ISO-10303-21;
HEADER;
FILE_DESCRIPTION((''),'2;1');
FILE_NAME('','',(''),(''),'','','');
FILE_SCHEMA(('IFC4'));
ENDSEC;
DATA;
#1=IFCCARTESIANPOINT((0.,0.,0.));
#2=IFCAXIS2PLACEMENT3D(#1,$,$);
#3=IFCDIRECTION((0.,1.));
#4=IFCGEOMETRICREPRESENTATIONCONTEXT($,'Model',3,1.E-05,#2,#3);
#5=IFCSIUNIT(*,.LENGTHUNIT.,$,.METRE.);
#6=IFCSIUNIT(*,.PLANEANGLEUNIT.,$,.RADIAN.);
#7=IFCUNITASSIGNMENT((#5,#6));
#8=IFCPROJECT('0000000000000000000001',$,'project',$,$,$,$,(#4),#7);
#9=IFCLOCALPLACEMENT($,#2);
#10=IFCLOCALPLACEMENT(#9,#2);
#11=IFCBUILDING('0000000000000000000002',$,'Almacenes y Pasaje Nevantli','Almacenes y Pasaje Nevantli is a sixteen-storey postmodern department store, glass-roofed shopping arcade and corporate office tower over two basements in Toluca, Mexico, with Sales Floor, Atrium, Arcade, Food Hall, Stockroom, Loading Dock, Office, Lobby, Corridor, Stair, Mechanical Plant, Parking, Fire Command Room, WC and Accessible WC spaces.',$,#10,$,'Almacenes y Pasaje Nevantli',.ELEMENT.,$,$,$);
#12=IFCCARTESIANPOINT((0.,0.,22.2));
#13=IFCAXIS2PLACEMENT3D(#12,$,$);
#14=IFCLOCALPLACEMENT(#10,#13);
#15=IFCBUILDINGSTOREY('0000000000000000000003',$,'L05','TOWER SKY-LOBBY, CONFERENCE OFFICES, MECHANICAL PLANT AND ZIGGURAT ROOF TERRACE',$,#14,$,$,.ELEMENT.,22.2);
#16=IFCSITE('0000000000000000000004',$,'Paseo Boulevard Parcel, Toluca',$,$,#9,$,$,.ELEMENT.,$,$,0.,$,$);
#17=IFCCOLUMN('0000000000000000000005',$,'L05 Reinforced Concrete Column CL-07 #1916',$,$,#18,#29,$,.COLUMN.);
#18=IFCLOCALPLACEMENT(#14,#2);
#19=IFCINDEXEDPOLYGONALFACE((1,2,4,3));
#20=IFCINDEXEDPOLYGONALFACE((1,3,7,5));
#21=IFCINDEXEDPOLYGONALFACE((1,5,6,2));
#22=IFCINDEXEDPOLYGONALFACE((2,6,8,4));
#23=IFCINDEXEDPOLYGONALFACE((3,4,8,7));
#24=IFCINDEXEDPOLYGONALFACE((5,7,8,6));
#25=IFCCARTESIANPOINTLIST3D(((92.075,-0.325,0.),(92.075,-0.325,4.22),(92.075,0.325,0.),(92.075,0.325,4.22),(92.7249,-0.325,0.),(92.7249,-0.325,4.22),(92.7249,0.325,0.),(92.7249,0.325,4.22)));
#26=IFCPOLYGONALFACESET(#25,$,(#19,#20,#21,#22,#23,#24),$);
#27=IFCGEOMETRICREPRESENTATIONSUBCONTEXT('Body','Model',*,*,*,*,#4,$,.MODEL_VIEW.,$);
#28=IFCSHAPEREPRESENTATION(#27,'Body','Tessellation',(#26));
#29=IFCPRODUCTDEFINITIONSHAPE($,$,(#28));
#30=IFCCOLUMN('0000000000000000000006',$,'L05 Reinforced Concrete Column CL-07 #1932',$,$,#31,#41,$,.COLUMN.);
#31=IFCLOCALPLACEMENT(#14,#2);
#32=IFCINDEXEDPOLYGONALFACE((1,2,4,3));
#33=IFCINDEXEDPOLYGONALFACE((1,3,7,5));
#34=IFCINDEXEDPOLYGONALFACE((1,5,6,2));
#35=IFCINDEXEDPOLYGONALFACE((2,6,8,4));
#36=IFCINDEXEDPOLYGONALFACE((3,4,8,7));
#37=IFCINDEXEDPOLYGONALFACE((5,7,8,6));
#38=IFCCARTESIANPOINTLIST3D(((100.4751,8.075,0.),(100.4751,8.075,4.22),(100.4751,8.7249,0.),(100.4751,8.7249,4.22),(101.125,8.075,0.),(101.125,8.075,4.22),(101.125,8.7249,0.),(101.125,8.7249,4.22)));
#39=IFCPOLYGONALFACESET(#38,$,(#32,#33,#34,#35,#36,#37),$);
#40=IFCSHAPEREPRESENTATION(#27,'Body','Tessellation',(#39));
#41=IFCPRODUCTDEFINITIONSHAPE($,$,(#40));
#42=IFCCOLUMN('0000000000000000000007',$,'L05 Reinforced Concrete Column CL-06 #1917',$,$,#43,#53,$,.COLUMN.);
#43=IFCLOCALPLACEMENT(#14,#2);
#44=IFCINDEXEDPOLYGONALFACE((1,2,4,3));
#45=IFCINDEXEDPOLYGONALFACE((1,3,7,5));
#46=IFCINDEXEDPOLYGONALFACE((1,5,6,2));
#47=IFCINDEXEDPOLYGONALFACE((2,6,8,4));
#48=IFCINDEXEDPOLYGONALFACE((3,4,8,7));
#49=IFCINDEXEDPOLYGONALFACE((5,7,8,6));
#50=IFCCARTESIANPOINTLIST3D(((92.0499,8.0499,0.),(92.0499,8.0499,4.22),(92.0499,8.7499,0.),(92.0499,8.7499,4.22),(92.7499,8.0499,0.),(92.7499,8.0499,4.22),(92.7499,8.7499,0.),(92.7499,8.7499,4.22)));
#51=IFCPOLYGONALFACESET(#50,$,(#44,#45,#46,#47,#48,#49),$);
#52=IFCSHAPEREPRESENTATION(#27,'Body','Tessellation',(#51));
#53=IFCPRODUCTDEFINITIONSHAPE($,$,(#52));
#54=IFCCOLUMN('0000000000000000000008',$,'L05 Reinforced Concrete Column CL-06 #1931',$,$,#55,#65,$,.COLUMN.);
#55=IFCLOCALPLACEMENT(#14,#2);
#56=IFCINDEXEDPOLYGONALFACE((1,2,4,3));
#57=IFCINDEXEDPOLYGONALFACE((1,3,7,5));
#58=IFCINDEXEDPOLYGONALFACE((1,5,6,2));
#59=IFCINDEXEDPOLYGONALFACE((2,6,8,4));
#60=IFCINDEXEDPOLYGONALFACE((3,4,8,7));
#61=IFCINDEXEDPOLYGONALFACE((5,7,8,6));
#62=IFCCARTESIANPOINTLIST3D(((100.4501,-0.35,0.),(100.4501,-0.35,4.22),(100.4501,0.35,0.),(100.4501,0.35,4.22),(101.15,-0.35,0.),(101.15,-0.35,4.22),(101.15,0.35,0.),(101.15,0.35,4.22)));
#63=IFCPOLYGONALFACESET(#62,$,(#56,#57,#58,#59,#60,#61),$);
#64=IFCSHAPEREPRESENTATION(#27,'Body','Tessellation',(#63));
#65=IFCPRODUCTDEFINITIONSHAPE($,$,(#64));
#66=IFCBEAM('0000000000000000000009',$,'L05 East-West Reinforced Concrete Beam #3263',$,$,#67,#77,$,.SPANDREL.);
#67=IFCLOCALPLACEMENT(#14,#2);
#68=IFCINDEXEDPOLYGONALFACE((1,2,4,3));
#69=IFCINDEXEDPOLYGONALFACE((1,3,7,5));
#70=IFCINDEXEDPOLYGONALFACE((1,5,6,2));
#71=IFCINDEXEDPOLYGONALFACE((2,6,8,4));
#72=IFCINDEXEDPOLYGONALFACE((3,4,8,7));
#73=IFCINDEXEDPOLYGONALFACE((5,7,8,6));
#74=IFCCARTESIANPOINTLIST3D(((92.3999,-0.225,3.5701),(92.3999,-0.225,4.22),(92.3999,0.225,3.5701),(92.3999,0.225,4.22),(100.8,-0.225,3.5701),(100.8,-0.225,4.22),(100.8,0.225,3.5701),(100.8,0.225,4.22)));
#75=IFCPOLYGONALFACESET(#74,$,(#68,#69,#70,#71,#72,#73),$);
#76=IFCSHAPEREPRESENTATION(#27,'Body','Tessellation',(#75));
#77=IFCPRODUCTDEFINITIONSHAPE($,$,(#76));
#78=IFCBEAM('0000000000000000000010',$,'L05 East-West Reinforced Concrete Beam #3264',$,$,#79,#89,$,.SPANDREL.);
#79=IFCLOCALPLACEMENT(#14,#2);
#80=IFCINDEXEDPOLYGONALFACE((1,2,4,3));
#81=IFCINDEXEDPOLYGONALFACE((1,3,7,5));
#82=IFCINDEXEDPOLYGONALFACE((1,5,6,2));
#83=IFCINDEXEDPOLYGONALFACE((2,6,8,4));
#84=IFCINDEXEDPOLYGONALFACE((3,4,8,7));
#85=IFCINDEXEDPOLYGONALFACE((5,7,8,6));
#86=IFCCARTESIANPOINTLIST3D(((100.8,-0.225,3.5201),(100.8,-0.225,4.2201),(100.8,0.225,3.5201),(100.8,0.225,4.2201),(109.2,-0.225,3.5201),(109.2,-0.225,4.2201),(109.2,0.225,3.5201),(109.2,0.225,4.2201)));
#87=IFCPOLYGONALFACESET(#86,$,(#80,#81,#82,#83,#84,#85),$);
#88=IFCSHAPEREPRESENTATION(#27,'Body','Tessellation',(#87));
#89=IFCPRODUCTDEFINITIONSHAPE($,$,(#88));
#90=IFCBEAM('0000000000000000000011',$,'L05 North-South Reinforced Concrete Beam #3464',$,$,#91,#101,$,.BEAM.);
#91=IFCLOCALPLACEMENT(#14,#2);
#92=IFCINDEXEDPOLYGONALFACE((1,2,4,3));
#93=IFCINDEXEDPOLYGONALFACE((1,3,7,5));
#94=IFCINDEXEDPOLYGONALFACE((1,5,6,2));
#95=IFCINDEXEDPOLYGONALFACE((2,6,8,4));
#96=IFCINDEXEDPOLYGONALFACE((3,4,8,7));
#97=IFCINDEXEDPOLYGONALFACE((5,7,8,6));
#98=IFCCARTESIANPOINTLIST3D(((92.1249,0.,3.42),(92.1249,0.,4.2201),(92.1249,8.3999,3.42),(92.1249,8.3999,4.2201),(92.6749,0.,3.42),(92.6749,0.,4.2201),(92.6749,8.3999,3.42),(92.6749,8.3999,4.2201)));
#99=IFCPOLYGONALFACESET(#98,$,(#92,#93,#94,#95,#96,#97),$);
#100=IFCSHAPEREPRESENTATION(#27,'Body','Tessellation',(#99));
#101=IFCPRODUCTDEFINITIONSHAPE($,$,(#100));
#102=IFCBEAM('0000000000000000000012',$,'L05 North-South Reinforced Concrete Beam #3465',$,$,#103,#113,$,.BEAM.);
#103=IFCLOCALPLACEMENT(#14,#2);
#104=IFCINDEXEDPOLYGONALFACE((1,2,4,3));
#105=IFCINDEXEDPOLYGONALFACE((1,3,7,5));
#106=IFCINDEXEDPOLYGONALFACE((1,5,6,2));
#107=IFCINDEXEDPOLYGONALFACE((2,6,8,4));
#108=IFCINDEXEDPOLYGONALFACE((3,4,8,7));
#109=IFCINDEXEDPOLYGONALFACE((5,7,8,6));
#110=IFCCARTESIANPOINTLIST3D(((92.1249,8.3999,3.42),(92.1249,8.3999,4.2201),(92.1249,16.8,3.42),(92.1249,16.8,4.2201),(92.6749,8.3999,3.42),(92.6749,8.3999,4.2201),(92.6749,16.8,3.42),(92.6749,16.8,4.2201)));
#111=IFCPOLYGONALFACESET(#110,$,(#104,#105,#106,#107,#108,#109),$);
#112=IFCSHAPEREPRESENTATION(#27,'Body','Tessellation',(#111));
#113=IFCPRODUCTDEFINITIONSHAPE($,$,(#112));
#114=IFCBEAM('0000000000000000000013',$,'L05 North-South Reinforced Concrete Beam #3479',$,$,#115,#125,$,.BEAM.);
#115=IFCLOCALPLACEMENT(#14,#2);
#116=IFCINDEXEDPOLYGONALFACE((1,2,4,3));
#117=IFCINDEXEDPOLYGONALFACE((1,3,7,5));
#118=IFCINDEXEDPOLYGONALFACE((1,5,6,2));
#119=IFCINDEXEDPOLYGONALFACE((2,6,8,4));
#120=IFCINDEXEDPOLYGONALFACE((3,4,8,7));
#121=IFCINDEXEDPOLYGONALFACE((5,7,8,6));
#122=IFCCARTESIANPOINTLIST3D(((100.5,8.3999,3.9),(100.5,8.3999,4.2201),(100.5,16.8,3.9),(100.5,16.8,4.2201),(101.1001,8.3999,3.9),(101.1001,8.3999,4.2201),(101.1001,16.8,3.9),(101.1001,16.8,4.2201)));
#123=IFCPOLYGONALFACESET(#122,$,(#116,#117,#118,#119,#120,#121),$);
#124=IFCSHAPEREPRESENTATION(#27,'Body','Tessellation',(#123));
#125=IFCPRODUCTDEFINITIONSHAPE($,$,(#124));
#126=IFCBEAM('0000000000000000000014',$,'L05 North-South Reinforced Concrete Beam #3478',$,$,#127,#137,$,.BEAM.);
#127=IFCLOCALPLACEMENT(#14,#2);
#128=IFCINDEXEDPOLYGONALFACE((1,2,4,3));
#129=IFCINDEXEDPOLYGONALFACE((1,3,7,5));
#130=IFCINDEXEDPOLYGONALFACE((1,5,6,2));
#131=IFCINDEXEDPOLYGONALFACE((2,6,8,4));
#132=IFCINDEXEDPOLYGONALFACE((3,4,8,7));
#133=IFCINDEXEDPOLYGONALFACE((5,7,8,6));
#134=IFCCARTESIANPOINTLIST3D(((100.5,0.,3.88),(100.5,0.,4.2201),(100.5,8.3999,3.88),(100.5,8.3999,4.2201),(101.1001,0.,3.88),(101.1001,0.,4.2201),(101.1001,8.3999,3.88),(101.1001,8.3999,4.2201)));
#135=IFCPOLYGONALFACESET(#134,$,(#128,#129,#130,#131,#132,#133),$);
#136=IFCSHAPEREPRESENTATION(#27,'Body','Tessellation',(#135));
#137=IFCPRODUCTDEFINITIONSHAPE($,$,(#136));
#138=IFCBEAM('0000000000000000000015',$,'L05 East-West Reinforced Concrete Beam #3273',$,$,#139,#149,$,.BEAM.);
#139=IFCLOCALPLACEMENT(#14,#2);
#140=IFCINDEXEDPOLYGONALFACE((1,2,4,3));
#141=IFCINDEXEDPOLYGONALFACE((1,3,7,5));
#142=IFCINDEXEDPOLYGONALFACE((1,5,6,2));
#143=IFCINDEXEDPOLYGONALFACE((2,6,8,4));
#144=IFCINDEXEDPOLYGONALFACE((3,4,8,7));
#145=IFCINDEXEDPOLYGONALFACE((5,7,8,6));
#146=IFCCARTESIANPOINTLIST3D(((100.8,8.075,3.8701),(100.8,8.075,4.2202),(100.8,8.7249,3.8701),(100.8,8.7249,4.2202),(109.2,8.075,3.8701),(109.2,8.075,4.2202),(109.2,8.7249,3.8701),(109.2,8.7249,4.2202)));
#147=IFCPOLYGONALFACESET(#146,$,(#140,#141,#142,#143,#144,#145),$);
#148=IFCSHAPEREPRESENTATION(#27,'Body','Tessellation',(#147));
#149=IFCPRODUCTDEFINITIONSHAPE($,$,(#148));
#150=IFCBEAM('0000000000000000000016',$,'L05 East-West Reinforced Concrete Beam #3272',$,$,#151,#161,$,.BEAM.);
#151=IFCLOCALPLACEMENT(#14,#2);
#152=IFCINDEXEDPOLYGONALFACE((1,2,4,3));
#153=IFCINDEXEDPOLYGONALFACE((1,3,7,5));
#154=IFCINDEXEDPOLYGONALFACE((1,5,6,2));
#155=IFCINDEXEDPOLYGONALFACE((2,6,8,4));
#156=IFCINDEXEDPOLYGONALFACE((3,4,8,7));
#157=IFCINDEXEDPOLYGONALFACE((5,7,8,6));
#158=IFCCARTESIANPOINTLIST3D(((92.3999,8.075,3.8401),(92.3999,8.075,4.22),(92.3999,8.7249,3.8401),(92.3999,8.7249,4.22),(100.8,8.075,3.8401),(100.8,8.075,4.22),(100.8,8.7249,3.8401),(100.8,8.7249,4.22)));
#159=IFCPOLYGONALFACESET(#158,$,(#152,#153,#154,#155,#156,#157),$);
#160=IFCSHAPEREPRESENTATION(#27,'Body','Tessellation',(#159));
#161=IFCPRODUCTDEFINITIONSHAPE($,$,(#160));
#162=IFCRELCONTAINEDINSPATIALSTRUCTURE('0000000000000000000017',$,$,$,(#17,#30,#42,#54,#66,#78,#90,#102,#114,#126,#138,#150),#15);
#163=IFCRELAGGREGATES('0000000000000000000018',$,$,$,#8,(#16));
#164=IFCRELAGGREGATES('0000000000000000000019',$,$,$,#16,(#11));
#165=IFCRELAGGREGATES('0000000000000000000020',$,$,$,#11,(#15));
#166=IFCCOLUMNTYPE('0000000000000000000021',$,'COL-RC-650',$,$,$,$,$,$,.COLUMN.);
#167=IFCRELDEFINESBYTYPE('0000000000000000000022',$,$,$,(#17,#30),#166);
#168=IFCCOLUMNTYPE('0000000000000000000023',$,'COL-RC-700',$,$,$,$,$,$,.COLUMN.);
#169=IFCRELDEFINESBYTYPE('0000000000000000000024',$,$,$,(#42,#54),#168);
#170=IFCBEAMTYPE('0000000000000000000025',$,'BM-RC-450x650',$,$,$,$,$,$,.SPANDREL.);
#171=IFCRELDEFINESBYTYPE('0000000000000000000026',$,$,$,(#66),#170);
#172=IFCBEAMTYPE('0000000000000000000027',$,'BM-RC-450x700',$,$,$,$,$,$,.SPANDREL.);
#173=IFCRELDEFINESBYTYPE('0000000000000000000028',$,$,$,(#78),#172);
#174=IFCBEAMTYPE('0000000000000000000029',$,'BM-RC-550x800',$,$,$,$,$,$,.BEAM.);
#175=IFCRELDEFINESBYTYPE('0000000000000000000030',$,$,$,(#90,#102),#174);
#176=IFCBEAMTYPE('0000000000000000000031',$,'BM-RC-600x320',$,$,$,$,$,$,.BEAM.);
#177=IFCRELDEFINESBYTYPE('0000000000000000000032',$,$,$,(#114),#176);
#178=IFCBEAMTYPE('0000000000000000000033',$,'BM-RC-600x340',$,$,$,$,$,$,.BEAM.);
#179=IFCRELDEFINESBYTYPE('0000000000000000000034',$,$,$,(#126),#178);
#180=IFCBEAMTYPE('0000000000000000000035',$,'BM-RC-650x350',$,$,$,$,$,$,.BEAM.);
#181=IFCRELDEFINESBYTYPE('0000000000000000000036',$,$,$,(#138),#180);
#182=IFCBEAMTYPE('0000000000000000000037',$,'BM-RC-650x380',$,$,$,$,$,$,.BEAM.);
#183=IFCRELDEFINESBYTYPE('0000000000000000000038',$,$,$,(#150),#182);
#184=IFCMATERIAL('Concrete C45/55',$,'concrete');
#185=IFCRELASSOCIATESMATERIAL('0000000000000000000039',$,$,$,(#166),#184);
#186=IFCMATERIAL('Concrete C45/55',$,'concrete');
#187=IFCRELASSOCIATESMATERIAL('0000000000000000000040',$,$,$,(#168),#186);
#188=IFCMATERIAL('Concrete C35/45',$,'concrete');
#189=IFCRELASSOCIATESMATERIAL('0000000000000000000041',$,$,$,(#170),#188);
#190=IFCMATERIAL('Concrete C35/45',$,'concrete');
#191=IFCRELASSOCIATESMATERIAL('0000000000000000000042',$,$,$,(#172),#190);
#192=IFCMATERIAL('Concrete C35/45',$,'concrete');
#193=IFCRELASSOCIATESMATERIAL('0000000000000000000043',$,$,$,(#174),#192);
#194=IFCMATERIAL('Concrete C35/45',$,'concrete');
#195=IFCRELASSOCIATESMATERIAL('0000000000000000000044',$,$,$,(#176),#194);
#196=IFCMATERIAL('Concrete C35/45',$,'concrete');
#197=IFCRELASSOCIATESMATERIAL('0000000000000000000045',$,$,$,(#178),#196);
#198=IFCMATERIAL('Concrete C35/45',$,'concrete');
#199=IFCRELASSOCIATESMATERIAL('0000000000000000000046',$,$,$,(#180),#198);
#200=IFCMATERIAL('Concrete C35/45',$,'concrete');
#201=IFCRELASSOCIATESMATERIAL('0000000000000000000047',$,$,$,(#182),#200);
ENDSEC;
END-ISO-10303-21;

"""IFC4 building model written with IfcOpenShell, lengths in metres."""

from ifc_helpers import new_model, si_unit, direction, frame, origin, origin_2d, place, context, subcontext, project, spatial, rectangle, extrude, material, material_profile, profile_set, type_object, element, save


model = new_model("IFC4")

# Units and contexts
model_context = context("Model", 3, precision=1e-05, world=origin(), true_north=direction((0.0, 1.0)))
body_context = subcontext(model_context, "Body", "Model", "MODEL_VIEW")
ifc_project = project(units=[si_unit("LENGTHUNIT", "METRE"), si_unit("PLANEANGLEUNIT", "RADIAN")], contexts=[model_context])

# Site, building, storey
site_placement = place(None, origin())
site = spatial("IfcSite", under=ifc_project, at=site_placement, Name="Paseo Boulevard Parcel, Toluca", CompositionType="ELEMENT", RefElevation=0.0)
building_placement = place(site_placement, origin())
building = spatial("IfcBuilding", under=site, at=building_placement, Name="Almacenes y Pasaje Nevantli", Description="Almacenes y Pasaje Nevantli is a sixteen-storey postmodern department store, glass-roofed shopping arcade and corporate office tower over two basements in Toluca, Mexico, with Sales Floor, Atrium, Arcade, Food Hall, Stockroom, Loading Dock, Office, Lobby, Corridor, Stair, Mechanical Plant, Parking, Fire Command Room, WC and Accessible WC spaces.", LongName="Almacenes y Pasaje Nevantli", CompositionType="ELEMENT")
storey_placement = place(building_placement, frame((0.0, 0.0, 22.2)))
storey = spatial("IfcBuildingStorey", under=building, at=storey_placement, Name="L05", Description="TOWER SKY-LOBBY, CONFERENCE OFFICES, MECHANICAL PLANT AND ZIGGURAT ROOF TERRACE", CompositionType="ELEMENT", Elevation=22.2)

# Columns
ifc_material_1 = material(Name="Concrete C45/55", Category="concrete")
ifc_material_profile_1 = material_profile(ifc_material_1, rectangle(XDim=0.6499, YDim=0.6499, at=origin_2d()), Name="RC-COL-650x650")
ifc_profile_set_1 = profile_set([ifc_material_profile_1], Name="Concrete C45/55")
column_type_1 = type_object("IfcColumnType", Name="COL-RC-650", PredefinedType="COLUMN", material=ifc_profile_set_1)
for number, where, z_axis, x_axis, name in (
    (1, (92.3999, 0.0, 0.0), (0.0, 0.0, 1.0), (1.0, 0.0, 0.0), "L05 Reinforced Concrete Column CL-07 #1916"),
    (2, (100.8, 8.3999, 0.0), (0.0, 0.0, 1.0), (1.0, 0.0, 0.0), "L05 Reinforced Concrete Column CL-07 #1932"),
):
    element("IfcColumn", number, at=place(storey_placement, frame(where, z_axis=z_axis, x_axis=x_axis)), inside=storey, type_object=column_type_1, Name=name, PredefinedType="COLUMN", context=body_context, shape_type="SweptSolid", body=[
        extrude(rectangle(XDim=0.6499, YDim=0.6499, at=origin_2d()), origin(), (0.0, 0.0, 1.0), 4.22),
    ])
ifc_material_2 = material(Name="Concrete C45/55", Category="concrete")
ifc_material_profile_2 = material_profile(ifc_material_2, rectangle(XDim=0.7, YDim=0.7, at=origin_2d()), Name="RC-COL-700x700")
ifc_profile_set_2 = profile_set([ifc_material_profile_2], Name="Concrete C45/55")
column_type_2 = type_object("IfcColumnType", Name="COL-RC-700", PredefinedType="COLUMN", material=ifc_profile_set_2)
for number, where, z_axis, x_axis, name in (
    (3, (92.3999, 8.3999, 0.0), (0.0, 0.0, 1.0), (1.0, 0.0, 0.0), "L05 Reinforced Concrete Column CL-06 #1917"),
    (4, (100.8, 0.0, 0.0), (0.0, 0.0, 1.0), (1.0, 0.0, 0.0), "L05 Reinforced Concrete Column CL-06 #1931"),
):
    element("IfcColumn", number, at=place(storey_placement, frame(where, z_axis=z_axis, x_axis=x_axis)), inside=storey, type_object=column_type_2, Name=name, PredefinedType="COLUMN", context=body_context, shape_type="SweptSolid", body=[
        extrude(rectangle(XDim=0.7, YDim=0.7, at=origin_2d()), origin(), (0.0, 0.0, 1.0), 4.22),
    ])

# Beams
ifc_material_3 = material(Name="Concrete C35/45", Category="concrete")
ifc_material_profile_3 = material_profile(ifc_material_3, rectangle(XDim=0.45, YDim=0.6499, at=origin_2d()), Name="RC-BM-450x650")
ifc_profile_set_3 = profile_set([ifc_material_profile_3], Name="Concrete C35/45")
beam_type_1 = type_object("IfcBeamType", Name="BM-RC-450x650", PredefinedType="SPANDREL", material=ifc_profile_set_3)
beam_1_placement = place(storey_placement, frame((92.3999, 0.0, 3.895), z_axis=(1.0, 0.0, 0.0), x_axis=(0.0, 1.0, 0.0)))
element("IfcBeam", 5, at=beam_1_placement, inside=storey, type_object=beam_type_1, Name="L05 East-West Reinforced Concrete Beam #3263", PredefinedType="SPANDREL", context=body_context, shape_type="SweptSolid", body=[
    extrude(rectangle(XDim=0.45, YDim=0.6499, at=origin_2d()), origin(), (0.0, 0.0, 1.0), 8.4001),
])
ifc_material_4 = material(Name="Concrete C35/45", Category="concrete")
ifc_material_profile_4 = material_profile(ifc_material_4, rectangle(XDim=0.45, YDim=0.7, at=origin_2d()), Name="RC-BM-450x700")
ifc_profile_set_4 = profile_set([ifc_material_profile_4], Name="Concrete C35/45")
beam_type_2 = type_object("IfcBeamType", Name="BM-RC-450x700", PredefinedType="SPANDREL", material=ifc_profile_set_4)
beam_2_placement = place(storey_placement, frame((100.8, 0.0, 3.8701), z_axis=(1.0, 0.0, 0.0), x_axis=(0.0, 1.0, 0.0)))
element("IfcBeam", 6, at=beam_2_placement, inside=storey, type_object=beam_type_2, Name="L05 East-West Reinforced Concrete Beam #3264", PredefinedType="SPANDREL", context=body_context, shape_type="SweptSolid", body=[
    extrude(rectangle(XDim=0.45, YDim=0.7, at=origin_2d()), origin(), (0.0, 0.0, 1.0), 8.3999),
])
ifc_material_5 = material(Name="Concrete C35/45", Category="concrete")
ifc_material_profile_5 = material_profile(ifc_material_5, rectangle(XDim=0.55, YDim=0.8, at=origin_2d()), Name="RC-BM-550x800")
ifc_profile_set_5 = profile_set([ifc_material_profile_5], Name="Concrete C35/45")
beam_type_3 = type_object("IfcBeamType", Name="BM-RC-550x800", PredefinedType="BEAM", material=ifc_profile_set_5)
beam_3_placement = place(storey_placement, frame((92.3999, 0.0, 3.8201), z_axis=(0.0, 1.0, 0.0), x_axis=(-1.0, 0.0, 0.0)))
element("IfcBeam", 7, at=beam_3_placement, inside=storey, type_object=beam_type_3, Name="L05 North-South Reinforced Concrete Beam #3464", PredefinedType="BEAM", context=body_context, shape_type="SweptSolid", body=[
    extrude(rectangle(XDim=0.55, YDim=0.8, at=origin_2d()), origin(), (0.0, 0.0, 1.0), 8.3999),
])
beam_4_placement = place(storey_placement, frame((92.3999, 8.3999, 3.8201), z_axis=(0.0, 1.0, 0.0), x_axis=(-1.0, 0.0, 0.0)))
element("IfcBeam", 8, at=beam_4_placement, inside=storey, type_object=beam_type_3, Name="L05 North-South Reinforced Concrete Beam #3465", PredefinedType="BEAM", context=body_context, shape_type="SweptSolid", body=[
    extrude(rectangle(XDim=0.55, YDim=0.8, at=origin_2d()), origin(), (0.0, 0.0, 1.0), 8.4001),
])
ifc_material_6 = material(Name="Concrete C35/45", Category="concrete")
ifc_material_profile_6 = material_profile(ifc_material_6, rectangle(XDim=0.6001, YDim=0.3201, at=origin_2d()), Name="RC-BM-600x320")
ifc_profile_set_6 = profile_set([ifc_material_profile_6], Name="Concrete C35/45")
beam_type_4 = type_object("IfcBeamType", Name="BM-RC-600x320", PredefinedType="BEAM", material=ifc_profile_set_6)
beam_5_placement = place(storey_placement, frame((100.8, 8.3999, 4.0601), z_axis=(0.0, 1.0, 0.0), x_axis=(-1.0, 0.0, 0.0)))
element("IfcBeam", 9, at=beam_5_placement, inside=storey, type_object=beam_type_4, Name="L05 North-South Reinforced Concrete Beam #3479", PredefinedType="BEAM", context=body_context, shape_type="SweptSolid", body=[
    extrude(rectangle(XDim=0.6001, YDim=0.3201, at=origin_2d()), origin(), (0.0, 0.0, 1.0), 8.4001),
])
ifc_material_7 = material(Name="Concrete C35/45", Category="concrete")
ifc_material_profile_7 = material_profile(ifc_material_7, rectangle(XDim=0.6001, YDim=0.3401, at=origin_2d()), Name="RC-BM-600x340")
ifc_profile_set_7 = profile_set([ifc_material_profile_7], Name="Concrete C35/45")
beam_type_5 = type_object("IfcBeamType", Name="BM-RC-600x340", PredefinedType="BEAM", material=ifc_profile_set_7)
beam_6_placement = place(storey_placement, frame((100.8, 0.0, 4.05), z_axis=(0.0, 1.0, 0.0), x_axis=(-1.0, 0.0, 0.0)))
element("IfcBeam", 10, at=beam_6_placement, inside=storey, type_object=beam_type_5, Name="L05 North-South Reinforced Concrete Beam #3478", PredefinedType="BEAM", context=body_context, shape_type="SweptSolid", body=[
    extrude(rectangle(XDim=0.6001, YDim=0.3401, at=origin_2d()), origin(), (0.0, 0.0, 1.0), 8.3999),
])
ifc_material_8 = material(Name="Concrete C35/45", Category="concrete")
ifc_material_profile_8 = material_profile(ifc_material_8, rectangle(XDim=0.6499, YDim=0.3501, at=origin_2d()), Name="RC-BM-650x350")
ifc_profile_set_8 = profile_set([ifc_material_profile_8], Name="Concrete C35/45")
beam_type_6 = type_object("IfcBeamType", Name="BM-RC-650x350", PredefinedType="BEAM", material=ifc_profile_set_8)
beam_7_placement = place(storey_placement, frame((100.8, 8.3999, 4.0452), z_axis=(1.0, 0.0, 0.0), x_axis=(0.0, 1.0, 0.0)))
element("IfcBeam", 11, at=beam_7_placement, inside=storey, type_object=beam_type_6, Name="L05 East-West Reinforced Concrete Beam #3273", PredefinedType="BEAM", context=body_context, shape_type="SweptSolid", body=[
    extrude(rectangle(XDim=0.6499, YDim=0.3501, at=origin_2d()), origin(), (0.0, 0.0, 1.0), 8.3999),
])
ifc_material_9 = material(Name="Concrete C35/45", Category="concrete")
ifc_material_profile_9 = material_profile(ifc_material_9, rectangle(XDim=0.6499, YDim=0.3799, at=origin_2d()), Name="RC-BM-650x380")
ifc_profile_set_9 = profile_set([ifc_material_profile_9], Name="Concrete C35/45")
beam_type_7 = type_object("IfcBeamType", Name="BM-RC-650x380", PredefinedType="BEAM", material=ifc_profile_set_9)
beam_8_placement = place(storey_placement, frame((92.3999, 8.3999, 4.03), z_axis=(1.0, 0.0, 0.0), x_axis=(0.0, 1.0, 0.0)))
element("IfcBeam", 12, at=beam_8_placement, inside=storey, type_object=beam_type_7, Name="L05 East-West Reinforced Concrete Beam #3272", PredefinedType="BEAM", context=body_context, shape_type="SweptSolid", body=[
    extrude(rectangle(XDim=0.6499, YDim=0.3799, at=origin_2d()), origin(), (0.0, 0.0, 1.0), 8.4001),
])

save(model, "model.ifc")
